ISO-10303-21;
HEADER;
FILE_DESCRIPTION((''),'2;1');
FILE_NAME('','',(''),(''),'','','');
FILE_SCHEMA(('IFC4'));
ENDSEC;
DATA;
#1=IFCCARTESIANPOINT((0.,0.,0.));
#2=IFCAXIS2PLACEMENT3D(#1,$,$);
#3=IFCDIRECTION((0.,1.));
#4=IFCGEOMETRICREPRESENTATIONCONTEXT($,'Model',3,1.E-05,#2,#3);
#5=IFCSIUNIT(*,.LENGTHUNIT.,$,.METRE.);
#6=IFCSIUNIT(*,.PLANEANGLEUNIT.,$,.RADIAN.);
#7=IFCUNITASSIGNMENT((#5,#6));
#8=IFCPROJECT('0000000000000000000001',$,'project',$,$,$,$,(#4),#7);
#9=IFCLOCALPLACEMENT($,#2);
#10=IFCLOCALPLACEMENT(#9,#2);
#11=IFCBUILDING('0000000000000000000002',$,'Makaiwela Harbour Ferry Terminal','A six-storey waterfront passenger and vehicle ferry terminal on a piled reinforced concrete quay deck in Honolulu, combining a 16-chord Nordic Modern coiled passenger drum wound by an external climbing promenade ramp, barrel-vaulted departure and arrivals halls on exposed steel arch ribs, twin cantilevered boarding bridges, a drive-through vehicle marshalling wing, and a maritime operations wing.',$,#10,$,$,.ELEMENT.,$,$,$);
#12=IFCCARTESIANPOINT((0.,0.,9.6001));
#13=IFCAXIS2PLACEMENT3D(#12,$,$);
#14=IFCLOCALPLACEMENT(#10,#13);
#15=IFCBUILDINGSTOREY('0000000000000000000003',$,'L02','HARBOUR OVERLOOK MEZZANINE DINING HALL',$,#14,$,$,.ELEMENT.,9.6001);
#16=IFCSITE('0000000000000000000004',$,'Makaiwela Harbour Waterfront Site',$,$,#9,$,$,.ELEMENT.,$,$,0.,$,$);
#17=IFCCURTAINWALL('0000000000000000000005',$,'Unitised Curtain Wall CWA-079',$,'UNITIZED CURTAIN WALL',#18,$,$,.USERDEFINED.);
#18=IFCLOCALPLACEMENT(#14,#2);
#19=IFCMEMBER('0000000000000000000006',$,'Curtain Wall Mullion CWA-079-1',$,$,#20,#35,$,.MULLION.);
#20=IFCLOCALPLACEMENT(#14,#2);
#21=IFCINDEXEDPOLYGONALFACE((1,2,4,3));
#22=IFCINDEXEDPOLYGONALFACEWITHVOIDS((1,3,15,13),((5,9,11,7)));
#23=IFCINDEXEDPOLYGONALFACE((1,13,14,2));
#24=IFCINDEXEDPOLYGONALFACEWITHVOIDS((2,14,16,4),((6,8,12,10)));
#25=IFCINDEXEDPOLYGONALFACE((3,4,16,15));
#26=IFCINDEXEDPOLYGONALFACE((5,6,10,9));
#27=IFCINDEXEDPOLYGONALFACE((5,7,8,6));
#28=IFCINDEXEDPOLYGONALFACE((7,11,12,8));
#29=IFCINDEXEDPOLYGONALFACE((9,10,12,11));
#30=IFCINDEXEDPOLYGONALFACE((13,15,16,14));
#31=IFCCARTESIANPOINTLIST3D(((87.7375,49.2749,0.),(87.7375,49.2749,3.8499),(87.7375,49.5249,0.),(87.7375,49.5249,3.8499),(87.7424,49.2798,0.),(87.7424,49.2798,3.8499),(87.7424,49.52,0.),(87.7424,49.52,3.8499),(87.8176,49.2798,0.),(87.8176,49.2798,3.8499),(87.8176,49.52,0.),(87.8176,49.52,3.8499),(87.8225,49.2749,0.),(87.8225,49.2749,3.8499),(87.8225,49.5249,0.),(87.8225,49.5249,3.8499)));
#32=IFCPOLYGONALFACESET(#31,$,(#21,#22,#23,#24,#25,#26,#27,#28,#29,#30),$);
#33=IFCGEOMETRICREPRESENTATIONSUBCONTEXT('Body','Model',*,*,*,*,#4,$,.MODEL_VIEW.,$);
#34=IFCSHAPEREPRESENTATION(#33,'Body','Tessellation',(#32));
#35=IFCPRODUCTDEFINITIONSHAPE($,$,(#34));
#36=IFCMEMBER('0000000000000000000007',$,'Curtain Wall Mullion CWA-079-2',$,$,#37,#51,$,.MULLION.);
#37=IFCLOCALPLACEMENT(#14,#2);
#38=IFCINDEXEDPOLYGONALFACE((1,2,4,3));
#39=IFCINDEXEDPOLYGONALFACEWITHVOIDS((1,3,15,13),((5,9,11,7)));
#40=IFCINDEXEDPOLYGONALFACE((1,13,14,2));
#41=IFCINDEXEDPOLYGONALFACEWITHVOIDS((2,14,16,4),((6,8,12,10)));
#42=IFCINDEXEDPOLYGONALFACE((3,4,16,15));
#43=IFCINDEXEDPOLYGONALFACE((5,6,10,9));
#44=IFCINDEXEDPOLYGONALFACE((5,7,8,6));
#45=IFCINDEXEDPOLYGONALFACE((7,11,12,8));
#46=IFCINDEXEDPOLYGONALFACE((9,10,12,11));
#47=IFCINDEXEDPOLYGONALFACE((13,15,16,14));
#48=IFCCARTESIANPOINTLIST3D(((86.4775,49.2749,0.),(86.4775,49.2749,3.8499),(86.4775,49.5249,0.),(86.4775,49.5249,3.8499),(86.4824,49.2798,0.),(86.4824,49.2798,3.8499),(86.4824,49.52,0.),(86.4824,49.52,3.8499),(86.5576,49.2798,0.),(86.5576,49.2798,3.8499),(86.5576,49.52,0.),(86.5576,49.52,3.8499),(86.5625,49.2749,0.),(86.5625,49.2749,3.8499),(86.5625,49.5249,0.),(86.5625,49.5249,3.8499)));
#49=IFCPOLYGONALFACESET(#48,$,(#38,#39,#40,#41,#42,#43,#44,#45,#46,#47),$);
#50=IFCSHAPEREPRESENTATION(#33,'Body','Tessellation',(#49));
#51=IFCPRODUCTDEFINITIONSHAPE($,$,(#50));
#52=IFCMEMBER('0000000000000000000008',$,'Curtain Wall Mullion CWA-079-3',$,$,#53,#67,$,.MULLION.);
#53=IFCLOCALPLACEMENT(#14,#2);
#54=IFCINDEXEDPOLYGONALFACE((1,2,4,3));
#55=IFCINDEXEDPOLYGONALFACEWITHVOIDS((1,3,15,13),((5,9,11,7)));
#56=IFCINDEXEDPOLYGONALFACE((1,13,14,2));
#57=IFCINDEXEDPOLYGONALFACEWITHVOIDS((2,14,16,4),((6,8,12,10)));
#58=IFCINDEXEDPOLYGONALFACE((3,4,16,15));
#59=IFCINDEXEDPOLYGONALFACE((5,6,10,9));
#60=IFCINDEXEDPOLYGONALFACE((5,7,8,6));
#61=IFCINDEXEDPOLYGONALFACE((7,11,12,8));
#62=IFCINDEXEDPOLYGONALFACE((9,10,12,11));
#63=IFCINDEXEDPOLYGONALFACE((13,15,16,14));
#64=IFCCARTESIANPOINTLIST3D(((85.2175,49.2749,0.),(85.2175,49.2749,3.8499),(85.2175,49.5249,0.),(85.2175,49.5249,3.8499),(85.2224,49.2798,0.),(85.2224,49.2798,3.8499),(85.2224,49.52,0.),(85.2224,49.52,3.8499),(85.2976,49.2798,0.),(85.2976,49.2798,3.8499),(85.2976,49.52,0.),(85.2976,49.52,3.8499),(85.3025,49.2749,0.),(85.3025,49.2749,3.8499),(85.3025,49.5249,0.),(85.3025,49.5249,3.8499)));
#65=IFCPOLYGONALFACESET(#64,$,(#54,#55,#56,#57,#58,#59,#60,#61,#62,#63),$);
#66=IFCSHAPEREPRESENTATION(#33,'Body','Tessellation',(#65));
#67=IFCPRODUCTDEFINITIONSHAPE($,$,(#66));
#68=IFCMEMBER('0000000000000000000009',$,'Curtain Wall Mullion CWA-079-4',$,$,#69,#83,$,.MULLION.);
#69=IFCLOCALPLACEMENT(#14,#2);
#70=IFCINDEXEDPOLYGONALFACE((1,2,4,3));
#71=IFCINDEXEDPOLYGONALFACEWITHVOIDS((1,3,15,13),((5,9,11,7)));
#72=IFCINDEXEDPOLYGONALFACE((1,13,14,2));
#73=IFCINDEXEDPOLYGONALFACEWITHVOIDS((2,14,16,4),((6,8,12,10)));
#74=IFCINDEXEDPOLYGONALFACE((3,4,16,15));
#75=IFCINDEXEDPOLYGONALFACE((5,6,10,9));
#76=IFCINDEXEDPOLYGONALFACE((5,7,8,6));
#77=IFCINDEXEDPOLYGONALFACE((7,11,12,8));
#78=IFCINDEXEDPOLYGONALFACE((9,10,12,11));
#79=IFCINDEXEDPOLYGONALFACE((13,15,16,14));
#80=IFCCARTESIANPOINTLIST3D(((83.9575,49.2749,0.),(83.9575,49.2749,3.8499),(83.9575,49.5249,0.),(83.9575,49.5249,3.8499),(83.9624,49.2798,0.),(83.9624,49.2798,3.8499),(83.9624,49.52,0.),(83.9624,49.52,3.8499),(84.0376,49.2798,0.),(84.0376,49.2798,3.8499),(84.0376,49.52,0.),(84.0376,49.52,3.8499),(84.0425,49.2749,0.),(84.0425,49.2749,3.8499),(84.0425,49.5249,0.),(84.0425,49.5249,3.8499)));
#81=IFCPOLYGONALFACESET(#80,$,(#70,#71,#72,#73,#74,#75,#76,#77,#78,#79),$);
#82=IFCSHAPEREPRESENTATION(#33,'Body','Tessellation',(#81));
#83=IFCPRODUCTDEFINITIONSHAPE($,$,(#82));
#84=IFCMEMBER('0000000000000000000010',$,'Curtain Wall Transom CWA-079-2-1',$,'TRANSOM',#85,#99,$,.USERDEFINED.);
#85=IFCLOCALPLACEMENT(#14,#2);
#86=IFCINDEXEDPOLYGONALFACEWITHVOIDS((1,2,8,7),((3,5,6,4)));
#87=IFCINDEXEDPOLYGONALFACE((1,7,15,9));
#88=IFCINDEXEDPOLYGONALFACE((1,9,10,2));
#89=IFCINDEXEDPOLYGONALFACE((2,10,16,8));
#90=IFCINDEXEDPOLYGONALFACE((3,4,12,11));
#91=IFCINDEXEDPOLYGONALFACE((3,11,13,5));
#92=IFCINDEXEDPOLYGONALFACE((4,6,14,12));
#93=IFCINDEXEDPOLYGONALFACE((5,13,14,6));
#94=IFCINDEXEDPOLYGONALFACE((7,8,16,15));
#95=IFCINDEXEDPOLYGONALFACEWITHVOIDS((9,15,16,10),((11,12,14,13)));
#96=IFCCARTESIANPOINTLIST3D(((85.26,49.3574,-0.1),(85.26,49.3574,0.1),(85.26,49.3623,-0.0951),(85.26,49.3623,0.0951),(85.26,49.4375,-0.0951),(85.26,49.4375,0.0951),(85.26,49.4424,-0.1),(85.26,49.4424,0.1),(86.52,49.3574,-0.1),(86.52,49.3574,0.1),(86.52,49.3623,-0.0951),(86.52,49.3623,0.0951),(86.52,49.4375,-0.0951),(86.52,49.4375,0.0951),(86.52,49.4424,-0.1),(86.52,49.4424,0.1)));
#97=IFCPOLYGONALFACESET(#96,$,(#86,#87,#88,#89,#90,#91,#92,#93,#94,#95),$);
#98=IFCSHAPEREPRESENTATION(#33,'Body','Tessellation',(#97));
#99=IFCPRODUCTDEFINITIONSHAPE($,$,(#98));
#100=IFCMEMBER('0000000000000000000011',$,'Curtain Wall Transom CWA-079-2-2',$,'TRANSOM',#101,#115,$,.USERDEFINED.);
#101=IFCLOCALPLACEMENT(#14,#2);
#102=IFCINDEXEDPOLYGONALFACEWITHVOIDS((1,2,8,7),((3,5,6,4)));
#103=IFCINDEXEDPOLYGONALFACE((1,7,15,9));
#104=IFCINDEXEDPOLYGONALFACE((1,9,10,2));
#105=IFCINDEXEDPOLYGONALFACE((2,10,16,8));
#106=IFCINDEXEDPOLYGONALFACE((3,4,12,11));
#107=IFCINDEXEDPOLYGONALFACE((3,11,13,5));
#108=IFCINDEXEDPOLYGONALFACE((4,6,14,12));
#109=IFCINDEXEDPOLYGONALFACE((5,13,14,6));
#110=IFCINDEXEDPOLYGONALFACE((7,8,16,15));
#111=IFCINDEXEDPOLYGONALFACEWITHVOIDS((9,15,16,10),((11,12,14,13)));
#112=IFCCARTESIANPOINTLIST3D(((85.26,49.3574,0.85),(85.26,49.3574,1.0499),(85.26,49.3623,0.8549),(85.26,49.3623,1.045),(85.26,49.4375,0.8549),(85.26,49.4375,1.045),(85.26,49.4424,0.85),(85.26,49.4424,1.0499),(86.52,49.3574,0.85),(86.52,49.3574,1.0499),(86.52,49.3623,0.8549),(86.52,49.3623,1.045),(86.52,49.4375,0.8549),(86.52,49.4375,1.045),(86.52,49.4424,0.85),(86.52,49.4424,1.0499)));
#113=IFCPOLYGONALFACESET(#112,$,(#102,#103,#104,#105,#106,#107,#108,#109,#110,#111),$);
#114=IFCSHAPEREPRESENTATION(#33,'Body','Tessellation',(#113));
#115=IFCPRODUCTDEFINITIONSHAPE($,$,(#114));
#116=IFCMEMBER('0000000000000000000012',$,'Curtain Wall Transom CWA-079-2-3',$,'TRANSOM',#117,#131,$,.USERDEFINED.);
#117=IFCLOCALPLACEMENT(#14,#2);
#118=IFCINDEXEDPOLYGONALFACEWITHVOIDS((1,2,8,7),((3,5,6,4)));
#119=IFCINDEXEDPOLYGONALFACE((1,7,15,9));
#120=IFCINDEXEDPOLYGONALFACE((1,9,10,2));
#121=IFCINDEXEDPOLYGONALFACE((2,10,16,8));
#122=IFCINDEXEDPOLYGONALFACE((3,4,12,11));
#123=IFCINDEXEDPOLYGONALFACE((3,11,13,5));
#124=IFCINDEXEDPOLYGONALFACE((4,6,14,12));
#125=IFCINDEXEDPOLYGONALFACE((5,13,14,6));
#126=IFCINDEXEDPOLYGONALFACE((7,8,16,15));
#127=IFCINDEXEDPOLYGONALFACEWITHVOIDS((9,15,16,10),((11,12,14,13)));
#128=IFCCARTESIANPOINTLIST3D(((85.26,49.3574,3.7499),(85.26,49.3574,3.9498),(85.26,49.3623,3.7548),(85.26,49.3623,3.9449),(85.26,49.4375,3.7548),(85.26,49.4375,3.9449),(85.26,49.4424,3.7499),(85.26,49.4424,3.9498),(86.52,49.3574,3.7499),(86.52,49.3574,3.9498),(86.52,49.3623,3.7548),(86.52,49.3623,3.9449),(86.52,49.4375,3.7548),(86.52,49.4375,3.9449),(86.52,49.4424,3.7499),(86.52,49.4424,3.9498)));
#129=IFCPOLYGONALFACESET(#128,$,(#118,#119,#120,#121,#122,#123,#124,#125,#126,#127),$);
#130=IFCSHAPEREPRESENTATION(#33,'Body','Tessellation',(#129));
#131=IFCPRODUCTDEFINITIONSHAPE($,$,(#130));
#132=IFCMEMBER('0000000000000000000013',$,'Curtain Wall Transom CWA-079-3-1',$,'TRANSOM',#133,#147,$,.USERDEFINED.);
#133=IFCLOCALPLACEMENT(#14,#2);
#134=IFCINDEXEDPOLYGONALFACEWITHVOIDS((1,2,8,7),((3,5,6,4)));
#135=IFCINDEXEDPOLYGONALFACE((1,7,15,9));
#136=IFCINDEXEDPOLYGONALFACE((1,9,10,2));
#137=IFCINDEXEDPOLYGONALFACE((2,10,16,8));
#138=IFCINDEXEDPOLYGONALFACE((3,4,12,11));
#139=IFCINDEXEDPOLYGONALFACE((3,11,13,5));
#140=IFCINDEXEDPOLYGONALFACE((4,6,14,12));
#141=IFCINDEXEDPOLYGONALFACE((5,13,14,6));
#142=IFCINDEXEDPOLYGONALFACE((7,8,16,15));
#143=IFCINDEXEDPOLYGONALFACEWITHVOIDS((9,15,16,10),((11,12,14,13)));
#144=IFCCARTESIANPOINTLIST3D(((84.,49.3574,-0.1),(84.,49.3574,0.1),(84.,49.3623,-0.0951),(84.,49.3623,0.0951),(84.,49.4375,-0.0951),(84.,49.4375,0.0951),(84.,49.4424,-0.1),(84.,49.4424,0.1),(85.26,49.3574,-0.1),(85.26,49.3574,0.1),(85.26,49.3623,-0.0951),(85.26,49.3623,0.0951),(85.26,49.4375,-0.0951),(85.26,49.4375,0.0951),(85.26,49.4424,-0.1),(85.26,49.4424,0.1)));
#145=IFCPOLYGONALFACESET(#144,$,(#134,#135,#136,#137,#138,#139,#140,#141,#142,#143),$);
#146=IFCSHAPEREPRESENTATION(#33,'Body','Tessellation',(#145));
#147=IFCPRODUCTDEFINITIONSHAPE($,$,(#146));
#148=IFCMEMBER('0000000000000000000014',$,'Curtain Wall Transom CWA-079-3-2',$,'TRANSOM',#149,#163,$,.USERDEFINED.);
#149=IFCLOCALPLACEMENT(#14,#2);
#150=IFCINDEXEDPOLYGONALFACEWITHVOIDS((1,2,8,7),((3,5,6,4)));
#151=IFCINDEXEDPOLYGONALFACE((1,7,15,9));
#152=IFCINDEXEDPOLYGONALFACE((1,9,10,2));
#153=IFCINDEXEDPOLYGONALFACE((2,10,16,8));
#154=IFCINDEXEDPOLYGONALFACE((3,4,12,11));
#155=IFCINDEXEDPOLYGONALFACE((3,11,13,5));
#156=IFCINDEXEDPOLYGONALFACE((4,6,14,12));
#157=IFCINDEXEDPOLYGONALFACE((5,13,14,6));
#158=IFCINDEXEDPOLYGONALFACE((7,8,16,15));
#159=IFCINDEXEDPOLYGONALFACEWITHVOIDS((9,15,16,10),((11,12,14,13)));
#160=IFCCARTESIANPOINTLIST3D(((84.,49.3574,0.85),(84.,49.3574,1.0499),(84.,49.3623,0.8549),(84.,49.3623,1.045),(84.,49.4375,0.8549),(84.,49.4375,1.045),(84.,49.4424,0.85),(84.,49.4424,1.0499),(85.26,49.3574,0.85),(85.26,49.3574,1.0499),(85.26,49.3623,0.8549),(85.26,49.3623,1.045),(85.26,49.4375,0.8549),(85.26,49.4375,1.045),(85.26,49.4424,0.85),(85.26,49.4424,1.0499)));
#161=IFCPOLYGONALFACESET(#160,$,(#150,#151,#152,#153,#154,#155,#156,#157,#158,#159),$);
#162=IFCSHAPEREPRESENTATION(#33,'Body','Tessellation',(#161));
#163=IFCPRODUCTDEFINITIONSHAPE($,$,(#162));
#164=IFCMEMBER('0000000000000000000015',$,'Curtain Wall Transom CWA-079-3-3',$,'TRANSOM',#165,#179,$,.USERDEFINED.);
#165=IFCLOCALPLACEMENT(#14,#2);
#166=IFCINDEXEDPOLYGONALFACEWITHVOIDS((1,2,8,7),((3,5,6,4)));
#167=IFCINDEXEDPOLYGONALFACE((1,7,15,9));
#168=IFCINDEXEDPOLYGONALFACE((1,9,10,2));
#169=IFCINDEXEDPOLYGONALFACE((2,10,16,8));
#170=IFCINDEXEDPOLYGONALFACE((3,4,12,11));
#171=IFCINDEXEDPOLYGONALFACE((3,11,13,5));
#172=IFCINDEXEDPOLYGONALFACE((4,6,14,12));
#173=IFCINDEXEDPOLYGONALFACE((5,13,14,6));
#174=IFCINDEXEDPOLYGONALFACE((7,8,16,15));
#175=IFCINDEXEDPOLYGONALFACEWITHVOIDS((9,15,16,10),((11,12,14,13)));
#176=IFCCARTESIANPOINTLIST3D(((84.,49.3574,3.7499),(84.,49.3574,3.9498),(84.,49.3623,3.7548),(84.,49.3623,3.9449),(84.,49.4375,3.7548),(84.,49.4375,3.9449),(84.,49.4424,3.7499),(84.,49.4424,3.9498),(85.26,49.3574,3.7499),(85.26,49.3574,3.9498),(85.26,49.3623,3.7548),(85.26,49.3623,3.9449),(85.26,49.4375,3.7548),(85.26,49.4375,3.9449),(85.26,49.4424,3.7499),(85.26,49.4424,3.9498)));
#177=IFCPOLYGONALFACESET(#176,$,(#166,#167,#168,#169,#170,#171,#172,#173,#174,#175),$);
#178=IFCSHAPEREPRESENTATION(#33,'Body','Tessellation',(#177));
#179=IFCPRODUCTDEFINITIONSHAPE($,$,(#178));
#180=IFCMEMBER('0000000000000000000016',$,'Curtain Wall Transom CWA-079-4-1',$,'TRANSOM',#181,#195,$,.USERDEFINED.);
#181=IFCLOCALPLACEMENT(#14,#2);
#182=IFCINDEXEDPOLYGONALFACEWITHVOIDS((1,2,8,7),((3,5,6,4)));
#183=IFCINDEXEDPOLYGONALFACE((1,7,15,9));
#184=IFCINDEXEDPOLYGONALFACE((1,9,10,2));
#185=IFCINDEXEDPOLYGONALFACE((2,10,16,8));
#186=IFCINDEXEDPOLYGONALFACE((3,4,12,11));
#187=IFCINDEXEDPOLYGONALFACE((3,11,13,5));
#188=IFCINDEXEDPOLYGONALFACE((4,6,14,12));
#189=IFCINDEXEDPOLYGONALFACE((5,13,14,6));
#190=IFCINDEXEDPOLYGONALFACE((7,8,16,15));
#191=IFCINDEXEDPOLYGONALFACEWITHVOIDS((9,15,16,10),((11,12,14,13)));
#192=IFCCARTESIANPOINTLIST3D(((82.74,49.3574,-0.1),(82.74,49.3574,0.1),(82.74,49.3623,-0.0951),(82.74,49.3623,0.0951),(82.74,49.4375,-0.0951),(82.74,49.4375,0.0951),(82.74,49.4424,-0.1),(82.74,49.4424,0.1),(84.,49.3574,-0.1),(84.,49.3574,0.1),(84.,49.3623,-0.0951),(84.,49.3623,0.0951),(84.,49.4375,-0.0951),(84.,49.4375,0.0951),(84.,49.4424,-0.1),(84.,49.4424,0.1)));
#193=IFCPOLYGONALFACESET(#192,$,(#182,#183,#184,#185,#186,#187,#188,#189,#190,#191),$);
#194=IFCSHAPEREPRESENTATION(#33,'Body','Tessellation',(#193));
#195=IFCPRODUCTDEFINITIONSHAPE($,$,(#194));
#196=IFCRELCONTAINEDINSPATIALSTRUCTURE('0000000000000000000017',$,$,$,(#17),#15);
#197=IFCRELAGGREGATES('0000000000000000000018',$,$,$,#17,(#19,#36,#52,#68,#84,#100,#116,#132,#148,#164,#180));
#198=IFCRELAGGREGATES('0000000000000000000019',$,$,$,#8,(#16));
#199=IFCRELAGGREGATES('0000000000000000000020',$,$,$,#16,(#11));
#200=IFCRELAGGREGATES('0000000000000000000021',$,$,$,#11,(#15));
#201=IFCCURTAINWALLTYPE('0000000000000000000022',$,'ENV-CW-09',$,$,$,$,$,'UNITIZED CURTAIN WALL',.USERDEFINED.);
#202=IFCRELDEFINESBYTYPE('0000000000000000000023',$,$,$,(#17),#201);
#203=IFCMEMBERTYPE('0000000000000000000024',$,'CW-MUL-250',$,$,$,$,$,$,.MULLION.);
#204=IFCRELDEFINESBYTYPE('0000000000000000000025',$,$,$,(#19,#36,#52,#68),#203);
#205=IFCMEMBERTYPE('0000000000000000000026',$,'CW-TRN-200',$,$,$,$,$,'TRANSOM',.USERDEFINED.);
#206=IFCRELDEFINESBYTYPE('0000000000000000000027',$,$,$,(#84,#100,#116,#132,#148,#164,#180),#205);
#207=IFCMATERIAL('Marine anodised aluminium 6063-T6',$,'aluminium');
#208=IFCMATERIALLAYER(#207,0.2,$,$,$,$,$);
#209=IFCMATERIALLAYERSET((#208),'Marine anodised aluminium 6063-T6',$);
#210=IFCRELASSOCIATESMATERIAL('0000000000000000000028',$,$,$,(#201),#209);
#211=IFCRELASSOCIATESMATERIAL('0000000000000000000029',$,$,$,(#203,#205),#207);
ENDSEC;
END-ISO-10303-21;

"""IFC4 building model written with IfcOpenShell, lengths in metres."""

from ifc_helpers import new_model, si_unit, direction, frame, origin, origin_2d, place, context, subcontext, project, spatial, hollow_rectangle, extrude, material, layer, layer_set, material_profile, profile_set, type_object, element, aggregate, save


model = new_model("IFC4")

# Units and contexts
model_context = context("Model", 3, precision=1e-05, world=origin(), true_north=direction((0.0, 1.0)))
body_context = subcontext(model_context, "Body", "Model", "MODEL_VIEW")
ifc_project = project(units=[si_unit("LENGTHUNIT", "METRE"), si_unit("PLANEANGLEUNIT", "RADIAN")], contexts=[model_context])

# Site, building, storey
site_placement = place(None, origin())
site = spatial("IfcSite", under=ifc_project, at=site_placement, Name="Makaiwela Harbour Waterfront Site", CompositionType="ELEMENT", RefElevation=0.0)
building_placement = place(site_placement, origin())
building = spatial("IfcBuilding", under=site, at=building_placement, Name="Makaiwela Harbour Ferry Terminal", Description="A six-storey waterfront passenger and vehicle ferry terminal on a piled reinforced concrete quay deck in Honolulu, combining a 16-chord Nordic Modern coiled passenger drum wound by an external climbing promenade ramp, barrel-vaulted departure and arrivals halls on exposed steel arch ribs, twin cantilevered boarding bridges, a drive-through vehicle marshalling wing, and a maritime operations wing.", CompositionType="ELEMENT")
storey_placement = place(building_placement, frame((0.0, 0.0, 9.6001)))
storey = spatial("IfcBuildingStorey", under=building, at=storey_placement, Name="L02", Description="HARBOUR OVERLOOK MEZZANINE DINING HALL", CompositionType="ELEMENT", Elevation=9.6001)

# Curtain wall, members
ifc_material_1 = material(Name="Marine anodised aluminium 6063-T6", Category="aluminium")
ifc_layer_1 = layer(ifc_material_1, 0.2)
ifc_layer_set_1 = layer_set([ifc_layer_1], Name="Marine anodised aluminium 6063-T6")
curtain_wall_type = type_object("IfcCurtainWallType", Name="ENV-CW-09", ElementType="UNITIZED CURTAIN WALL", PredefinedType="USERDEFINED", material=ifc_layer_set_1)
curtain_wall_placement = place(storey_placement, origin())
curtain_wall = element("IfcCurtainWall", 1, at=curtain_wall_placement, inside=storey, type_object=curtain_wall_type, Name="Unitised Curtain Wall CWA-079", ObjectType="UNITIZED CURTAIN WALL", PredefinedType="USERDEFINED")
ifc_material_profile_1 = material_profile(ifc_material_1, hollow_rectangle(XDim=0.085, YDim=0.25, WallThickness=0.0049, at=origin_2d()), Name="CWM-250X85")
ifc_profile_set_1 = profile_set([ifc_material_profile_1], Name="Marine anodised aluminium 6063-T6")
member_type_1 = type_object("IfcMemberType", Name="CW-MUL-250", PredefinedType="MULLION", material=ifc_profile_set_1)
member_1_placement = place(storey_placement, frame((87.78, 49.3999, 0.0), z_axis=(0.0, 0.0, 1.0), x_axis=(1.0, 0.0, 0.0)))
member_1 = element("IfcMember", 2, at=member_1_placement, type_object=member_type_1, Name="Curtain Wall Mullion CWA-079-1", PredefinedType="MULLION", context=body_context, shape_type="SweptSolid", body=[
    extrude(hollow_rectangle(XDim=0.085, YDim=0.25, WallThickness=0.0049, at=origin_2d()), origin(), (0.0, 0.0, 1.0), 3.8499),
])
member_2_placement = place(storey_placement, frame((86.52, 49.3999, 0.0), z_axis=(0.0, 0.0, 1.0), x_axis=(1.0, 0.0, 0.0)))
member_2 = element("IfcMember", 3, at=member_2_placement, type_object=member_type_1, Name="Curtain Wall Mullion CWA-079-2", PredefinedType="MULLION", context=body_context, shape_type="SweptSolid", body=[
    extrude(hollow_rectangle(XDim=0.085, YDim=0.25, WallThickness=0.0049, at=origin_2d()), origin(), (0.0, 0.0, 1.0), 3.8499),
])
member_3_placement = place(storey_placement, frame((85.26, 49.3999, 0.0), z_axis=(0.0, 0.0, 1.0), x_axis=(1.0, 0.0, 0.0)))
member_3 = element("IfcMember", 4, at=member_3_placement, type_object=member_type_1, Name="Curtain Wall Mullion CWA-079-3", PredefinedType="MULLION", context=body_context, shape_type="SweptSolid", body=[
    extrude(hollow_rectangle(XDim=0.085, YDim=0.25, WallThickness=0.0049, at=origin_2d()), origin(), (0.0, 0.0, 1.0), 3.8499),
])
member_4_placement = place(storey_placement, frame((84.0, 49.3999, 0.0), z_axis=(0.0, 0.0, 1.0), x_axis=(1.0, 0.0, 0.0)))
member_4 = element("IfcMember", 5, at=member_4_placement, type_object=member_type_1, Name="Curtain Wall Mullion CWA-079-4", PredefinedType="MULLION", context=body_context, shape_type="SweptSolid", body=[
    extrude(hollow_rectangle(XDim=0.085, YDim=0.25, WallThickness=0.0049, at=origin_2d()), origin(), (0.0, 0.0, 1.0), 3.8499),
])
ifc_material_profile_2 = material_profile(ifc_material_1, hollow_rectangle(XDim=0.085, YDim=0.2, WallThickness=0.0049, at=origin_2d()), Name="CWT-200X85")
ifc_profile_set_2 = profile_set([ifc_material_profile_2], Name="Marine anodised aluminium 6063-T6")
member_type_2 = type_object("IfcMemberType", Name="CW-TRN-200", ElementType="TRANSOM", PredefinedType="USERDEFINED", material=ifc_profile_set_2)
member_5_placement = place(storey_placement, frame((86.52, 49.3999, 0.0), z_axis=(-1.0, 0.0, 0.0), x_axis=(0.0, -1.0, 0.0)))
member_5 = element("IfcMember", 6, at=member_5_placement, type_object=member_type_2, Name="Curtain Wall Transom CWA-079-2-1", ObjectType="TRANSOM", PredefinedType="USERDEFINED", context=body_context, shape_type="SweptSolid", body=[
    extrude(hollow_rectangle(XDim=0.085, YDim=0.2, WallThickness=0.0049, at=origin_2d()), origin(), (0.0, 0.0, 1.0), 1.26),
])
member_6_placement = place(storey_placement, frame((86.52, 49.3999, 0.95), z_axis=(-1.0, 0.0, 0.0), x_axis=(0.0, -1.0, 0.0)))
member_6 = element("IfcMember", 7, at=member_6_placement, type_object=member_type_2, Name="Curtain Wall Transom CWA-079-2-2", ObjectType="TRANSOM", PredefinedType="USERDEFINED", context=body_context, shape_type="SweptSolid", body=[
    extrude(hollow_rectangle(XDim=0.085, YDim=0.2, WallThickness=0.0049, at=origin_2d()), origin(), (0.0, 0.0, 1.0), 1.26),
])
member_7_placement = place(storey_placement, frame((86.52, 49.3999, 3.8499), z_axis=(-1.0, 0.0, 0.0), x_axis=(0.0, -1.0, 0.0)))
member_7 = element("IfcMember", 8, at=member_7_placement, type_object=member_type_2, Name="Curtain Wall Transom CWA-079-2-3", ObjectType="TRANSOM", PredefinedType="USERDEFINED", context=body_context, shape_type="SweptSolid", body=[
    extrude(hollow_rectangle(XDim=0.085, YDim=0.2, WallThickness=0.0049, at=origin_2d()), origin(), (0.0, 0.0, 1.0), 1.26),
])
member_8_placement = place(storey_placement, frame((85.26, 49.3999, 0.0), z_axis=(-1.0, 0.0, 0.0), x_axis=(0.0, -1.0, 0.0)))
member_8 = element("IfcMember", 9, at=member_8_placement, type_object=member_type_2, Name="Curtain Wall Transom CWA-079-3-1", ObjectType="TRANSOM", PredefinedType="USERDEFINED", context=body_context, shape_type="SweptSolid", body=[
    extrude(hollow_rectangle(XDim=0.085, YDim=0.2, WallThickness=0.0049, at=origin_2d()), origin(), (0.0, 0.0, 1.0), 1.26),
])
member_9_placement = place(storey_placement, frame((85.26, 49.3999, 0.95), z_axis=(-1.0, 0.0, 0.0), x_axis=(0.0, -1.0, 0.0)))
member_9 = element("IfcMember", 10, at=member_9_placement, type_object=member_type_2, Name="Curtain Wall Transom CWA-079-3-2", ObjectType="TRANSOM", PredefinedType="USERDEFINED", context=body_context, shape_type="SweptSolid", body=[
    extrude(hollow_rectangle(XDim=0.085, YDim=0.2, WallThickness=0.0049, at=origin_2d()), origin(), (0.0, 0.0, 1.0), 1.26),
])
member_10_placement = place(storey_placement, frame((85.26, 49.3999, 3.8499), z_axis=(-1.0, 0.0, 0.0), x_axis=(0.0, -1.0, 0.0)))
member_10 = element("IfcMember", 11, at=member_10_placement, type_object=member_type_2, Name="Curtain Wall Transom CWA-079-3-3", ObjectType="TRANSOM", PredefinedType="USERDEFINED", context=body_context, shape_type="SweptSolid", body=[
    extrude(hollow_rectangle(XDim=0.085, YDim=0.2, WallThickness=0.0049, at=origin_2d()), origin(), (0.0, 0.0, 1.0), 1.26),
])
member_11_placement = place(storey_placement, frame((84.0, 49.3999, 0.0), z_axis=(-1.0, 0.0, 0.0), x_axis=(0.0, -1.0, 0.0)))
member_11 = element("IfcMember", 12, at=member_11_placement, type_object=member_type_2, Name="Curtain Wall Transom CWA-079-4-1", ObjectType="TRANSOM", PredefinedType="USERDEFINED", context=body_context, shape_type="SweptSolid", body=[
    extrude(hollow_rectangle(XDim=0.085, YDim=0.2, WallThickness=0.0049, at=origin_2d()), origin(), (0.0, 0.0, 1.0), 1.26),
])

aggregate(curtain_wall, [member_1, member_2, member_3, member_4, member_5, member_6, member_7, member_8, member_9, member_10, member_11])

save(model, "model.ifc")
